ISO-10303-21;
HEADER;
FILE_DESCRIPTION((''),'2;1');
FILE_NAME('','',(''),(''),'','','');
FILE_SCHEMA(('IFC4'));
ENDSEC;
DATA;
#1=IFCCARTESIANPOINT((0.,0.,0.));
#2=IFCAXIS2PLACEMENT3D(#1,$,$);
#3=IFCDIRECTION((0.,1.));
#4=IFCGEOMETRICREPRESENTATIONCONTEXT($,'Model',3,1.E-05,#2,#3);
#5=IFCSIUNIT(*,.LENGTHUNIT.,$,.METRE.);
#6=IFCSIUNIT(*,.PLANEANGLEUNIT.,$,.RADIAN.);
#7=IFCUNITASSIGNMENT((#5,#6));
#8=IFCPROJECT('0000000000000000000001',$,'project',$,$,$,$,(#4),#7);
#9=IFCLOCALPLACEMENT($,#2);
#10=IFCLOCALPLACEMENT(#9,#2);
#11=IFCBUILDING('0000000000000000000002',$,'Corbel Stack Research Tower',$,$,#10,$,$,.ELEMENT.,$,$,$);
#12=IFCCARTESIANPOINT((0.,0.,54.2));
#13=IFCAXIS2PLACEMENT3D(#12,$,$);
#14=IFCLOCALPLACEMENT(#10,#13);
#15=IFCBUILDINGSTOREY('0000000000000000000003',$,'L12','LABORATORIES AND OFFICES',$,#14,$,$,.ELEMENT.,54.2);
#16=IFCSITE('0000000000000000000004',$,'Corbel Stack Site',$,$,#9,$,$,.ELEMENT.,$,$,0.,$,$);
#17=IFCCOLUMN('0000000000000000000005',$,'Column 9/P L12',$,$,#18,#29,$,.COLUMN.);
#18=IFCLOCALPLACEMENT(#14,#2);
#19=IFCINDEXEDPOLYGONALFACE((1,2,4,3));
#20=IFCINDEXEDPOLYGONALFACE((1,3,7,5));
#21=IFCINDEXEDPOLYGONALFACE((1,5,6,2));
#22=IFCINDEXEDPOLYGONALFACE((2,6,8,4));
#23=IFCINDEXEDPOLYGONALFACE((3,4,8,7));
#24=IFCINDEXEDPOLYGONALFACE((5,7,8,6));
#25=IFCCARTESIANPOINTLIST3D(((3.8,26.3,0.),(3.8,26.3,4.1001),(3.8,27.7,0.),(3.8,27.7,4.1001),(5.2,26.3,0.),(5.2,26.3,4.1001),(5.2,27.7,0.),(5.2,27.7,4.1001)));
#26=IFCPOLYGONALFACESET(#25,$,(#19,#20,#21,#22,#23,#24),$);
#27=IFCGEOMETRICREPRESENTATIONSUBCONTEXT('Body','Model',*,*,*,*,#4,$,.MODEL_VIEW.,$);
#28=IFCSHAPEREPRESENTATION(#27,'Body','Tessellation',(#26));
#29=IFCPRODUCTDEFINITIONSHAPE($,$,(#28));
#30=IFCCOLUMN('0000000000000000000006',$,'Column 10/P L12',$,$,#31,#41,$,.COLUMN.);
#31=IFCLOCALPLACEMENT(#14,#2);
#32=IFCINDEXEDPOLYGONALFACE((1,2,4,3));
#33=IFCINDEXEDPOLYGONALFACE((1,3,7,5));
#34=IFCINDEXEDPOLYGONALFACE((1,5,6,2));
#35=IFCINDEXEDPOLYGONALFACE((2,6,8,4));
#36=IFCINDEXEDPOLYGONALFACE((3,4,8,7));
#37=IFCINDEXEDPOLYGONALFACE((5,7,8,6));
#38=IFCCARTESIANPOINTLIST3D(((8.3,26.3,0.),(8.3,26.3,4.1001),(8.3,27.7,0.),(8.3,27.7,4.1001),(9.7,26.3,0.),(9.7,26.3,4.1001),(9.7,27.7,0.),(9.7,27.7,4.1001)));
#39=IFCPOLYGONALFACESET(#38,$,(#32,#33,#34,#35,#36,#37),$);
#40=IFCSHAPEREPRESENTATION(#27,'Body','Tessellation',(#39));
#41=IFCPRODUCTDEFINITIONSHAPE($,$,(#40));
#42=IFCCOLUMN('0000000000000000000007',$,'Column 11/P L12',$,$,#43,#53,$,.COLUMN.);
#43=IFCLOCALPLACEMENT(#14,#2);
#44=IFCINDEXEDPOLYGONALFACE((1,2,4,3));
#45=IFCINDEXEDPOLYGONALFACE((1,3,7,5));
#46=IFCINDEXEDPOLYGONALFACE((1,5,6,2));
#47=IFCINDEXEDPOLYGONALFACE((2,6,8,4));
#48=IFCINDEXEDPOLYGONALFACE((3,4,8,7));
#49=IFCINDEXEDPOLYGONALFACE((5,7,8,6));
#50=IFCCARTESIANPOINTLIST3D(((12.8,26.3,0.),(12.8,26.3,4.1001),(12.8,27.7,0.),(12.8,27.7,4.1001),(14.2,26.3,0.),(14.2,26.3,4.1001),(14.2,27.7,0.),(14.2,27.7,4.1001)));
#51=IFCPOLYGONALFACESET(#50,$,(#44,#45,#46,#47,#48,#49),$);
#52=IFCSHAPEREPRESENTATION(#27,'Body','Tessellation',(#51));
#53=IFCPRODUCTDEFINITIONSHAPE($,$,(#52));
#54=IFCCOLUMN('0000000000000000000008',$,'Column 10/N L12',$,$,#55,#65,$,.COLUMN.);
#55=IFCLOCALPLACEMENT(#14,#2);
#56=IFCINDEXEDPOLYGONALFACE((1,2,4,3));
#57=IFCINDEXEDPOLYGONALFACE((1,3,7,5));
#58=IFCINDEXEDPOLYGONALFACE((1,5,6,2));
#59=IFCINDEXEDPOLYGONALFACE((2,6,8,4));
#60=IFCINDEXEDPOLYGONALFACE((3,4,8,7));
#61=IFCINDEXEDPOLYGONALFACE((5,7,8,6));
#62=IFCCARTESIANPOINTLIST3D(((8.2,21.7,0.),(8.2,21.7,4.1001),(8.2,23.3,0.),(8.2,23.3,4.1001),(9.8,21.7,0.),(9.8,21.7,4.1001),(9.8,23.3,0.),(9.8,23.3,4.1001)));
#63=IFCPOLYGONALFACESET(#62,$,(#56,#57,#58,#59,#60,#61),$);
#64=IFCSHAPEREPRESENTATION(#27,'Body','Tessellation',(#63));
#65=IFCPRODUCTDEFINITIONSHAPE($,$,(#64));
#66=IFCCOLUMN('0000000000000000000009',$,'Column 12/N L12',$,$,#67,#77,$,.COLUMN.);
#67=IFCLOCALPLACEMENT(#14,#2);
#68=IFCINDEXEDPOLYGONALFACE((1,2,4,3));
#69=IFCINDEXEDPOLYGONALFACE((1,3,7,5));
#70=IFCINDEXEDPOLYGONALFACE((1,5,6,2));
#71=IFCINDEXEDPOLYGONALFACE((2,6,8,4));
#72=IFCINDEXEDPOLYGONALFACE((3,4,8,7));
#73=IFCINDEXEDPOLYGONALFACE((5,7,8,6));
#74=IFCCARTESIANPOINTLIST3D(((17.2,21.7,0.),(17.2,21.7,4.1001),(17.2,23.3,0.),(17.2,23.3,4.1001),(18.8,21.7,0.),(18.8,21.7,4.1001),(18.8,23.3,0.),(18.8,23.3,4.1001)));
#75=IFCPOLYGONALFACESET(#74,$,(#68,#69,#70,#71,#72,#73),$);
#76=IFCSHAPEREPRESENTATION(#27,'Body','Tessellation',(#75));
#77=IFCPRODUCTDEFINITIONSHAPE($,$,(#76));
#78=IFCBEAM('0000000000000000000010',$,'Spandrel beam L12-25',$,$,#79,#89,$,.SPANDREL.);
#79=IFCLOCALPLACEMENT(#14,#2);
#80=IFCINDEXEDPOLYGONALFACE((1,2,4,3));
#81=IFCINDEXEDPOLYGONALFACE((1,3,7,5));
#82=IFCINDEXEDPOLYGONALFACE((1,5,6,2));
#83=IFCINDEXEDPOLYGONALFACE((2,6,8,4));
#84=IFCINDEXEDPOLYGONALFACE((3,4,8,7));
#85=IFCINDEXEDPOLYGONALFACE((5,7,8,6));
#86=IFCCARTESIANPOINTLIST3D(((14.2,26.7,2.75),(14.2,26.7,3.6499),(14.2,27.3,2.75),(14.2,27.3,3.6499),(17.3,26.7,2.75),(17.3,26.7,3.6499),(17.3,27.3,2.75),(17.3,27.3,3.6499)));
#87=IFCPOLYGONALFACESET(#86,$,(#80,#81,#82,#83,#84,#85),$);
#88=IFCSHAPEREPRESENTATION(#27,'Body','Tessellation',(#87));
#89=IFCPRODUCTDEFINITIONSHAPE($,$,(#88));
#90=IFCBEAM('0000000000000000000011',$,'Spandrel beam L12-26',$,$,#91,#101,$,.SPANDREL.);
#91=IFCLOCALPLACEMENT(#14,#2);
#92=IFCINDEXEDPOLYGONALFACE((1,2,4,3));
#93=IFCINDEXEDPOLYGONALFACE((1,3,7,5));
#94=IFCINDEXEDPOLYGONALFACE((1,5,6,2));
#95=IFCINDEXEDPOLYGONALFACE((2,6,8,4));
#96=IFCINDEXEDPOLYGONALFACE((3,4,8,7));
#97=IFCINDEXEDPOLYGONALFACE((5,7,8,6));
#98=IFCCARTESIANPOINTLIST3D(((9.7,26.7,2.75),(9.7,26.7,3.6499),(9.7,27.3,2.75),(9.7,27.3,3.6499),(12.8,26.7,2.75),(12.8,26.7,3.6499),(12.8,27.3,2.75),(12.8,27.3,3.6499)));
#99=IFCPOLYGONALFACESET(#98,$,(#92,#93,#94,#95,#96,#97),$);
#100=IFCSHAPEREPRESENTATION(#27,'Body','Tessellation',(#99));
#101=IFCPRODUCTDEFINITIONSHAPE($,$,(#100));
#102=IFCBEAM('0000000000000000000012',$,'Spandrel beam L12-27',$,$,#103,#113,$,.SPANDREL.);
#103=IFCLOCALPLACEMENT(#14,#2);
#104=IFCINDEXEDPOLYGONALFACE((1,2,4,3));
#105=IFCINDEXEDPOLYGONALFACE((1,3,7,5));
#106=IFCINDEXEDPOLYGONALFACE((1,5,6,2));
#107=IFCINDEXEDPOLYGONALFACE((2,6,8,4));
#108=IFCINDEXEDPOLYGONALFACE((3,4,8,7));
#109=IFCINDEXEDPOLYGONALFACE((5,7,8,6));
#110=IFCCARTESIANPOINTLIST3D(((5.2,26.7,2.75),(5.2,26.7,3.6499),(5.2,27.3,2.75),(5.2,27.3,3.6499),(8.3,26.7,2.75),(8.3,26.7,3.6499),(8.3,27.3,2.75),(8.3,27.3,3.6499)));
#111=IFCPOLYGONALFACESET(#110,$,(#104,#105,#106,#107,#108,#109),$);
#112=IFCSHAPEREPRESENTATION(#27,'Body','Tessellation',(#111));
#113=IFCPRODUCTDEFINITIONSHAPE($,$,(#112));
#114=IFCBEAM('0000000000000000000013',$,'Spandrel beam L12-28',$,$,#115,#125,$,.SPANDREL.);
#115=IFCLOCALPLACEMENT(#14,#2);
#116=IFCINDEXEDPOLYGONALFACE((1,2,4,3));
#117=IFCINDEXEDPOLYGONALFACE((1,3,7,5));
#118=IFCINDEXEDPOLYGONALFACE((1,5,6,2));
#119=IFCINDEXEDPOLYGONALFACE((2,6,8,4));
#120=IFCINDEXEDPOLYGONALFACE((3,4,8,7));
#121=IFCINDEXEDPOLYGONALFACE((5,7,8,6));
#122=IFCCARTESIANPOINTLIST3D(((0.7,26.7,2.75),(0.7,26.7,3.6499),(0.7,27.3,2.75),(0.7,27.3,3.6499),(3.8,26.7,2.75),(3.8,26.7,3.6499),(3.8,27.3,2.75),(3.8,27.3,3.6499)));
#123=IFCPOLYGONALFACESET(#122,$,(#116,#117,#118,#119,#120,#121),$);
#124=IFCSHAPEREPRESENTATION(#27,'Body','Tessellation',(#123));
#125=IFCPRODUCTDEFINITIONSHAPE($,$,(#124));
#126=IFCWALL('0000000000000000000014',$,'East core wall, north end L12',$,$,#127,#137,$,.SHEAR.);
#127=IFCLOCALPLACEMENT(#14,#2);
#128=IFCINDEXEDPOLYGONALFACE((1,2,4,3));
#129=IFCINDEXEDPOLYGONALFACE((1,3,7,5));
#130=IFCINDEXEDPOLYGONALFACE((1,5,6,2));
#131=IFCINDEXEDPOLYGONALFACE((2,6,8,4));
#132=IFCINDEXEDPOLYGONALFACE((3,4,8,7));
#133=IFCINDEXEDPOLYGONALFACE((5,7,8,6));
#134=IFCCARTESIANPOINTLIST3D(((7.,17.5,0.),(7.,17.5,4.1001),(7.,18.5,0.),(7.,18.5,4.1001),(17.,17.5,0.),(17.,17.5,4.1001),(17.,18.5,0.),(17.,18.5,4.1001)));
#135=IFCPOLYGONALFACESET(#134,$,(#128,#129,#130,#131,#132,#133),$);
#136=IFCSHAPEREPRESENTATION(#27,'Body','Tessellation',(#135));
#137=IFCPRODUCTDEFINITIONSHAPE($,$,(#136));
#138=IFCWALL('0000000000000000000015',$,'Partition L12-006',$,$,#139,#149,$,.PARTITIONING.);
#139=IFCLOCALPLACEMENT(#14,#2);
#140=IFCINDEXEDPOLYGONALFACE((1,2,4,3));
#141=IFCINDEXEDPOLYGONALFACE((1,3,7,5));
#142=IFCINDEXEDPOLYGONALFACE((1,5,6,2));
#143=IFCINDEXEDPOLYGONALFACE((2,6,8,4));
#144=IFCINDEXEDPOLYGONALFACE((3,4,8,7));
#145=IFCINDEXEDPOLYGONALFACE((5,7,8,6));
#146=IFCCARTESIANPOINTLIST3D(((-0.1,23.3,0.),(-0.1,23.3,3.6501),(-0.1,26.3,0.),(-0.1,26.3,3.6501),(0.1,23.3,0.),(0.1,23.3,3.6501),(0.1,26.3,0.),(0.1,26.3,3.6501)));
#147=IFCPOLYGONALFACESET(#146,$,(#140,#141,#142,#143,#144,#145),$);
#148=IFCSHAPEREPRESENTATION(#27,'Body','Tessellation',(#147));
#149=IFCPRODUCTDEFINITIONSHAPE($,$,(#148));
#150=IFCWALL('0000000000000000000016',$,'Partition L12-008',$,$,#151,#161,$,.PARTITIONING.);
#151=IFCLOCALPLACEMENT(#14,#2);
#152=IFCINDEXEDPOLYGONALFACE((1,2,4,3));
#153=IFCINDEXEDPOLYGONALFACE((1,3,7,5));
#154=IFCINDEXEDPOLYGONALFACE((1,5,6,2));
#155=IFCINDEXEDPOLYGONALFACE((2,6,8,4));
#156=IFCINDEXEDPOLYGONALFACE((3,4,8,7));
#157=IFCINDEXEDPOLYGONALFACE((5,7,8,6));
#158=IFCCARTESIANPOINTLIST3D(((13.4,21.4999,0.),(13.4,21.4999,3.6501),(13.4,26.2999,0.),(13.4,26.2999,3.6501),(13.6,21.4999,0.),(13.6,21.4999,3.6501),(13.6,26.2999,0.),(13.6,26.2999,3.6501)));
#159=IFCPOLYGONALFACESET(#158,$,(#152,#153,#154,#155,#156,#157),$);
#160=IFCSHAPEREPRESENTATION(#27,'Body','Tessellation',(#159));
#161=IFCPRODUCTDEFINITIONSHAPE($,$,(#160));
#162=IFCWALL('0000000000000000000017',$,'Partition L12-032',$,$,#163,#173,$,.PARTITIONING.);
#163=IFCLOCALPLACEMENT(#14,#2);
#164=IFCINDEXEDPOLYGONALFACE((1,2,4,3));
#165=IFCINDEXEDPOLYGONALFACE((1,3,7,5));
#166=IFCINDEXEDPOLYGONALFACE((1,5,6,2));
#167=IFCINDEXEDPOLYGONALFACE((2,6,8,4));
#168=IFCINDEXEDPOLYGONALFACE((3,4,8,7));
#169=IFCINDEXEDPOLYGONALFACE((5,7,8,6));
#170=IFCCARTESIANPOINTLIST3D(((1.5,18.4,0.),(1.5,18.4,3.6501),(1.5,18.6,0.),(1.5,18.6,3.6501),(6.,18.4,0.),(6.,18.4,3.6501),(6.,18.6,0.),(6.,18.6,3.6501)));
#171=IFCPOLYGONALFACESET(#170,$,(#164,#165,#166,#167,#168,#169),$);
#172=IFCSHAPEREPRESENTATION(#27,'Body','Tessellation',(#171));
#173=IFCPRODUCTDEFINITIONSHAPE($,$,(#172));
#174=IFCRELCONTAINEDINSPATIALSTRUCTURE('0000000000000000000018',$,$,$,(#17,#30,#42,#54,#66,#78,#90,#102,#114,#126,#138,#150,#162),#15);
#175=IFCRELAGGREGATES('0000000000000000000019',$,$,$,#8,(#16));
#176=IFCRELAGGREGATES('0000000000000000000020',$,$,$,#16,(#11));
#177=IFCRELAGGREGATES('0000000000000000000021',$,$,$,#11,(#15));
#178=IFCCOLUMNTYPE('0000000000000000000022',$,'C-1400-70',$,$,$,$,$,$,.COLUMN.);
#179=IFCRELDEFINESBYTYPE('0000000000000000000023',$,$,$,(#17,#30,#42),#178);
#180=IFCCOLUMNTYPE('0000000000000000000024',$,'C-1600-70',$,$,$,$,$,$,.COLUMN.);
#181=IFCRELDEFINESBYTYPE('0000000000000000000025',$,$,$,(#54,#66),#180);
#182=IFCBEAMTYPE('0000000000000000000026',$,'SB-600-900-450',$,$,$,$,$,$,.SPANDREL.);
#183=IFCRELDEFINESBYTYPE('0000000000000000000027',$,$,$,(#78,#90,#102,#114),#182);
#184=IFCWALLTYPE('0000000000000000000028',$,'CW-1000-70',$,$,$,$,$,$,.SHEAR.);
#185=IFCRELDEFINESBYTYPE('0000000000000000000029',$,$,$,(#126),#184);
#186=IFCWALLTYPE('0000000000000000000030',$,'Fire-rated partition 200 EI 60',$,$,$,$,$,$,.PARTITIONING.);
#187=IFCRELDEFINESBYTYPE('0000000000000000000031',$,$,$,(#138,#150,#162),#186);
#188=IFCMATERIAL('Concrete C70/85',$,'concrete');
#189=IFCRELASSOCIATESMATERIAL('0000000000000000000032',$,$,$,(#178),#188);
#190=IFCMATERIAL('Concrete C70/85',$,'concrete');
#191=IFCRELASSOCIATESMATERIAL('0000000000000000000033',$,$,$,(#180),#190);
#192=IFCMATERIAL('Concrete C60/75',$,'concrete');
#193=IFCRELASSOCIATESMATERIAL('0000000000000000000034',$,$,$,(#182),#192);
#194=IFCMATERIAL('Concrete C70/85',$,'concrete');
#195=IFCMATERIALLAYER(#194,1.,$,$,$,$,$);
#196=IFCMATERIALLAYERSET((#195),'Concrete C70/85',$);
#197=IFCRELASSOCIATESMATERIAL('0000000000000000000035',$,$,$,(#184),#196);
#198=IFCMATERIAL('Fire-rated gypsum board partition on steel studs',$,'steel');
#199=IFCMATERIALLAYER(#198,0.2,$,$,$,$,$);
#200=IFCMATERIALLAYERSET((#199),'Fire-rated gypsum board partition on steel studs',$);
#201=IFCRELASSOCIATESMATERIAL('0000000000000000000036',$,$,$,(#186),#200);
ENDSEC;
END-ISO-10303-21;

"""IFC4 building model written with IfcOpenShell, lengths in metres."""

from ifc_helpers import new_model, si_unit, direction, frame, frame_2d, origin, origin_2d, place, context, subcontext, project, spatial, rectangle, extrude, material, layer, layer_set, material_profile, profile_set, type_object, element, save


model = new_model("IFC4")

# Units and contexts
model_context = context("Model", 3, precision=1e-05, world=origin(), true_north=direction((0.0, 1.0)))
body_context = subcontext(model_context, "Body", "Model", "MODEL_VIEW")
ifc_project = project(units=[si_unit("LENGTHUNIT", "METRE"), si_unit("PLANEANGLEUNIT", "RADIAN")], contexts=[model_context])

# Site, building, storey
site_placement = place(None, origin())
site = spatial("IfcSite", under=ifc_project, at=site_placement, Name="Corbel Stack Site", CompositionType="ELEMENT", RefElevation=0.0)
building_placement = place(site_placement, origin())
building = spatial("IfcBuilding", under=site, at=building_placement, Name="Corbel Stack Research Tower", CompositionType="ELEMENT")
storey_placement = place(building_placement, frame((0.0, 0.0, 54.2)))
storey = spatial("IfcBuildingStorey", under=building, at=storey_placement, Name="L12", Description="LABORATORIES AND OFFICES", CompositionType="ELEMENT", Elevation=54.2)

# Columns
ifc_material_1 = material(Name="Concrete C70/85", Category="concrete")
ifc_material_profile_1 = material_profile(ifc_material_1, rectangle(XDim=1.3999, YDim=1.3999, at=origin_2d()), Name="RC 1400 x 1400")
ifc_profile_set_1 = profile_set([ifc_material_profile_1], Name="Concrete C70/85")
column_type_1 = type_object("IfcColumnType", Name="C-1400-70", PredefinedType="COLUMN", material=ifc_profile_set_1)
for number, where, z_axis, x_axis, name in (
    (1, (4.5, 27.0, 0.0), (0.0, 0.0, 1.0), (1.0, 0.0, 0.0), "Column 9/P L12"),
    (2, (9.0, 27.0, 0.0), (0.0, 0.0, 1.0), (1.0, 0.0, 0.0), "Column 10/P L12"),
    (3, (13.5, 27.0, 0.0), (0.0, 0.0, 1.0), (1.0, 0.0, 0.0), "Column 11/P L12"),
):
    element("IfcColumn", number, at=place(storey_placement, frame(where, z_axis=z_axis, x_axis=x_axis)), inside=storey, type_object=column_type_1, Name=name, PredefinedType="COLUMN", context=body_context, shape_type="SweptSolid", body=[
        extrude(rectangle(XDim=1.3999, YDim=1.3999, at=origin_2d()), origin(), (0.0, 0.0, 1.0), 4.1001),
    ])
ifc_material_2 = material(Name="Concrete C70/85", Category="concrete")
ifc_material_profile_2 = material_profile(ifc_material_2, rectangle(XDim=1.6001, YDim=1.6001, at=origin_2d()), Name="RC 1600 x 1600")
ifc_profile_set_2 = profile_set([ifc_material_profile_2], Name="Concrete C70/85")
column_type_2 = type_object("IfcColumnType", Name="C-1600-70", PredefinedType="COLUMN", material=ifc_profile_set_2)
for number, where, z_axis, x_axis, name in (
    (4, (9.0, 22.5, 0.0), (0.0, 0.0, 1.0), (1.0, 0.0, 0.0), "Column 10/N L12"),
    (5, (18.0, 22.5, 0.0), (0.0, 0.0, 1.0), (1.0, 0.0, 0.0), "Column 12/N L12"),
):
    element("IfcColumn", number, at=place(storey_placement, frame(where, z_axis=z_axis, x_axis=x_axis)), inside=storey, type_object=column_type_2, Name=name, PredefinedType="COLUMN", context=body_context, shape_type="SweptSolid", body=[
        extrude(rectangle(XDim=1.6001, YDim=1.6001, at=origin_2d()), origin(), (0.0, 0.0, 1.0), 4.1001),
    ])

# Beams
ifc_material_3 = material(Name="Concrete C60/75", Category="concrete")
ifc_material_profile_3 = material_profile(ifc_material_3, rectangle(XDim=0.6001, YDim=0.8999, at=origin_2d()), Name="RC 600 x 900")
ifc_profile_set_3 = profile_set([ifc_material_profile_3], Name="Concrete C60/75")
beam_type = type_object("IfcBeamType", Name="SB-600-900-450", PredefinedType="SPANDREL", material=ifc_profile_set_3)
for number, where, z_axis, x_axis, name in (
    (6, (17.3, 27.0, 3.2), (-1.0, 0.0, 0.0), (0.0, -1.0, 0.0), "Spandrel beam L12-25"),
    (7, (12.8, 27.0, 3.2), (-1.0, 0.0, 0.0), (0.0, -1.0, 0.0), "Spandrel beam L12-26"),
    (8, (8.3, 27.0, 3.2), (-1.0, 0.0, 0.0), (0.0, -1.0, 0.0), "Spandrel beam L12-27"),
    (9, (3.8, 27.0, 3.2), (-1.0, 0.0, 0.0), (0.0, -1.0, 0.0), "Spandrel beam L12-28"),
):
    element("IfcBeam", number, at=place(storey_placement, frame(where, z_axis=z_axis, x_axis=x_axis)), inside=storey, type_object=beam_type, Name=name, PredefinedType="SPANDREL", context=body_context, shape_type="SweptSolid", body=[
        extrude(rectangle(XDim=0.6001, YDim=0.8999, at=origin_2d()), origin(), (0.0, 0.0, 1.0), 3.1001),
    ])

# Walls
ifc_material_4 = material(Name="Concrete C70/85", Category="concrete")
ifc_layer_1 = layer(ifc_material_4, 1.0)
ifc_layer_set_1 = layer_set([ifc_layer_1], Name="Concrete C70/85")
wall_type_1 = type_object("IfcWallType", Name="CW-1000-70", PredefinedType="SHEAR", material=ifc_layer_set_1)
wall_1_placement = place(storey_placement, frame((7.0, 18.0, 0.0), z_axis=(0.0, 0.0, 1.0), x_axis=(1.0, 0.0, 0.0)))
element("IfcWall", 10, at=wall_1_placement, inside=storey, type_object=wall_type_1, Name="East core wall, north end L12", PredefinedType="SHEAR", context=body_context, shape_type="SweptSolid", body=[
    extrude(rectangle(XDim=10.0, YDim=1.0, at=frame_2d((5.0, 0.0))), origin(), (0.0, 0.0, 1.0), 4.1001),
])
ifc_material_5 = material(Name="Fire-rated gypsum board partition on steel studs", Category="steel")
ifc_layer_2 = layer(ifc_material_5, 0.2)
ifc_layer_set_2 = layer_set([ifc_layer_2], Name="Fire-rated gypsum board partition on steel studs")
wall_type_2 = type_object("IfcWallType", Name="Fire-rated partition 200 EI 60", PredefinedType="PARTITIONING", material=ifc_layer_set_2)
wall_2_placement = place(storey_placement, frame((0.0, 23.3, 0.0), z_axis=(0.0, 0.0, 1.0), x_axis=(0.0, 1.0, 0.0)))
element("IfcWall", 11, at=wall_2_placement, inside=storey, type_object=wall_type_2, Name="Partition L12-006", PredefinedType="PARTITIONING", context=body_context, shape_type="SweptSolid", body=[
    extrude(rectangle(XDim=3.0, YDim=0.2, at=frame_2d((1.5, 0.0))), origin(), (0.0, 0.0, 1.0), 3.6501),
])
wall_3_placement = place(storey_placement, frame((13.5, 21.5, 0.0), z_axis=(0.0, 0.0, 1.0), x_axis=(0.0, 1.0, 0.0)))
element("IfcWall", 12, at=wall_3_placement, inside=storey, type_object=wall_type_2, Name="Partition L12-008", PredefinedType="PARTITIONING", context=body_context, shape_type="SweptSolid", body=[
    extrude(rectangle(XDim=4.8, YDim=0.2, at=frame_2d((2.3999, 0.0))), origin(), (0.0, 0.0, 1.0), 3.6501),
])
wall_4_placement = place(storey_placement, frame((1.5, 18.5, 0.0), z_axis=(0.0, 0.0, 1.0), x_axis=(1.0, 0.0, 0.0)))
element("IfcWall", 13, at=wall_4_placement, inside=storey, type_object=wall_type_2, Name="Partition L12-032", PredefinedType="PARTITIONING", context=body_context, shape_type="SweptSolid", body=[
    extrude(rectangle(XDim=4.5, YDim=0.2, at=frame_2d((2.25, 0.0))), origin(), (0.0, 0.0, 1.0), 3.6501),
])

save(model, "model.ifc")
